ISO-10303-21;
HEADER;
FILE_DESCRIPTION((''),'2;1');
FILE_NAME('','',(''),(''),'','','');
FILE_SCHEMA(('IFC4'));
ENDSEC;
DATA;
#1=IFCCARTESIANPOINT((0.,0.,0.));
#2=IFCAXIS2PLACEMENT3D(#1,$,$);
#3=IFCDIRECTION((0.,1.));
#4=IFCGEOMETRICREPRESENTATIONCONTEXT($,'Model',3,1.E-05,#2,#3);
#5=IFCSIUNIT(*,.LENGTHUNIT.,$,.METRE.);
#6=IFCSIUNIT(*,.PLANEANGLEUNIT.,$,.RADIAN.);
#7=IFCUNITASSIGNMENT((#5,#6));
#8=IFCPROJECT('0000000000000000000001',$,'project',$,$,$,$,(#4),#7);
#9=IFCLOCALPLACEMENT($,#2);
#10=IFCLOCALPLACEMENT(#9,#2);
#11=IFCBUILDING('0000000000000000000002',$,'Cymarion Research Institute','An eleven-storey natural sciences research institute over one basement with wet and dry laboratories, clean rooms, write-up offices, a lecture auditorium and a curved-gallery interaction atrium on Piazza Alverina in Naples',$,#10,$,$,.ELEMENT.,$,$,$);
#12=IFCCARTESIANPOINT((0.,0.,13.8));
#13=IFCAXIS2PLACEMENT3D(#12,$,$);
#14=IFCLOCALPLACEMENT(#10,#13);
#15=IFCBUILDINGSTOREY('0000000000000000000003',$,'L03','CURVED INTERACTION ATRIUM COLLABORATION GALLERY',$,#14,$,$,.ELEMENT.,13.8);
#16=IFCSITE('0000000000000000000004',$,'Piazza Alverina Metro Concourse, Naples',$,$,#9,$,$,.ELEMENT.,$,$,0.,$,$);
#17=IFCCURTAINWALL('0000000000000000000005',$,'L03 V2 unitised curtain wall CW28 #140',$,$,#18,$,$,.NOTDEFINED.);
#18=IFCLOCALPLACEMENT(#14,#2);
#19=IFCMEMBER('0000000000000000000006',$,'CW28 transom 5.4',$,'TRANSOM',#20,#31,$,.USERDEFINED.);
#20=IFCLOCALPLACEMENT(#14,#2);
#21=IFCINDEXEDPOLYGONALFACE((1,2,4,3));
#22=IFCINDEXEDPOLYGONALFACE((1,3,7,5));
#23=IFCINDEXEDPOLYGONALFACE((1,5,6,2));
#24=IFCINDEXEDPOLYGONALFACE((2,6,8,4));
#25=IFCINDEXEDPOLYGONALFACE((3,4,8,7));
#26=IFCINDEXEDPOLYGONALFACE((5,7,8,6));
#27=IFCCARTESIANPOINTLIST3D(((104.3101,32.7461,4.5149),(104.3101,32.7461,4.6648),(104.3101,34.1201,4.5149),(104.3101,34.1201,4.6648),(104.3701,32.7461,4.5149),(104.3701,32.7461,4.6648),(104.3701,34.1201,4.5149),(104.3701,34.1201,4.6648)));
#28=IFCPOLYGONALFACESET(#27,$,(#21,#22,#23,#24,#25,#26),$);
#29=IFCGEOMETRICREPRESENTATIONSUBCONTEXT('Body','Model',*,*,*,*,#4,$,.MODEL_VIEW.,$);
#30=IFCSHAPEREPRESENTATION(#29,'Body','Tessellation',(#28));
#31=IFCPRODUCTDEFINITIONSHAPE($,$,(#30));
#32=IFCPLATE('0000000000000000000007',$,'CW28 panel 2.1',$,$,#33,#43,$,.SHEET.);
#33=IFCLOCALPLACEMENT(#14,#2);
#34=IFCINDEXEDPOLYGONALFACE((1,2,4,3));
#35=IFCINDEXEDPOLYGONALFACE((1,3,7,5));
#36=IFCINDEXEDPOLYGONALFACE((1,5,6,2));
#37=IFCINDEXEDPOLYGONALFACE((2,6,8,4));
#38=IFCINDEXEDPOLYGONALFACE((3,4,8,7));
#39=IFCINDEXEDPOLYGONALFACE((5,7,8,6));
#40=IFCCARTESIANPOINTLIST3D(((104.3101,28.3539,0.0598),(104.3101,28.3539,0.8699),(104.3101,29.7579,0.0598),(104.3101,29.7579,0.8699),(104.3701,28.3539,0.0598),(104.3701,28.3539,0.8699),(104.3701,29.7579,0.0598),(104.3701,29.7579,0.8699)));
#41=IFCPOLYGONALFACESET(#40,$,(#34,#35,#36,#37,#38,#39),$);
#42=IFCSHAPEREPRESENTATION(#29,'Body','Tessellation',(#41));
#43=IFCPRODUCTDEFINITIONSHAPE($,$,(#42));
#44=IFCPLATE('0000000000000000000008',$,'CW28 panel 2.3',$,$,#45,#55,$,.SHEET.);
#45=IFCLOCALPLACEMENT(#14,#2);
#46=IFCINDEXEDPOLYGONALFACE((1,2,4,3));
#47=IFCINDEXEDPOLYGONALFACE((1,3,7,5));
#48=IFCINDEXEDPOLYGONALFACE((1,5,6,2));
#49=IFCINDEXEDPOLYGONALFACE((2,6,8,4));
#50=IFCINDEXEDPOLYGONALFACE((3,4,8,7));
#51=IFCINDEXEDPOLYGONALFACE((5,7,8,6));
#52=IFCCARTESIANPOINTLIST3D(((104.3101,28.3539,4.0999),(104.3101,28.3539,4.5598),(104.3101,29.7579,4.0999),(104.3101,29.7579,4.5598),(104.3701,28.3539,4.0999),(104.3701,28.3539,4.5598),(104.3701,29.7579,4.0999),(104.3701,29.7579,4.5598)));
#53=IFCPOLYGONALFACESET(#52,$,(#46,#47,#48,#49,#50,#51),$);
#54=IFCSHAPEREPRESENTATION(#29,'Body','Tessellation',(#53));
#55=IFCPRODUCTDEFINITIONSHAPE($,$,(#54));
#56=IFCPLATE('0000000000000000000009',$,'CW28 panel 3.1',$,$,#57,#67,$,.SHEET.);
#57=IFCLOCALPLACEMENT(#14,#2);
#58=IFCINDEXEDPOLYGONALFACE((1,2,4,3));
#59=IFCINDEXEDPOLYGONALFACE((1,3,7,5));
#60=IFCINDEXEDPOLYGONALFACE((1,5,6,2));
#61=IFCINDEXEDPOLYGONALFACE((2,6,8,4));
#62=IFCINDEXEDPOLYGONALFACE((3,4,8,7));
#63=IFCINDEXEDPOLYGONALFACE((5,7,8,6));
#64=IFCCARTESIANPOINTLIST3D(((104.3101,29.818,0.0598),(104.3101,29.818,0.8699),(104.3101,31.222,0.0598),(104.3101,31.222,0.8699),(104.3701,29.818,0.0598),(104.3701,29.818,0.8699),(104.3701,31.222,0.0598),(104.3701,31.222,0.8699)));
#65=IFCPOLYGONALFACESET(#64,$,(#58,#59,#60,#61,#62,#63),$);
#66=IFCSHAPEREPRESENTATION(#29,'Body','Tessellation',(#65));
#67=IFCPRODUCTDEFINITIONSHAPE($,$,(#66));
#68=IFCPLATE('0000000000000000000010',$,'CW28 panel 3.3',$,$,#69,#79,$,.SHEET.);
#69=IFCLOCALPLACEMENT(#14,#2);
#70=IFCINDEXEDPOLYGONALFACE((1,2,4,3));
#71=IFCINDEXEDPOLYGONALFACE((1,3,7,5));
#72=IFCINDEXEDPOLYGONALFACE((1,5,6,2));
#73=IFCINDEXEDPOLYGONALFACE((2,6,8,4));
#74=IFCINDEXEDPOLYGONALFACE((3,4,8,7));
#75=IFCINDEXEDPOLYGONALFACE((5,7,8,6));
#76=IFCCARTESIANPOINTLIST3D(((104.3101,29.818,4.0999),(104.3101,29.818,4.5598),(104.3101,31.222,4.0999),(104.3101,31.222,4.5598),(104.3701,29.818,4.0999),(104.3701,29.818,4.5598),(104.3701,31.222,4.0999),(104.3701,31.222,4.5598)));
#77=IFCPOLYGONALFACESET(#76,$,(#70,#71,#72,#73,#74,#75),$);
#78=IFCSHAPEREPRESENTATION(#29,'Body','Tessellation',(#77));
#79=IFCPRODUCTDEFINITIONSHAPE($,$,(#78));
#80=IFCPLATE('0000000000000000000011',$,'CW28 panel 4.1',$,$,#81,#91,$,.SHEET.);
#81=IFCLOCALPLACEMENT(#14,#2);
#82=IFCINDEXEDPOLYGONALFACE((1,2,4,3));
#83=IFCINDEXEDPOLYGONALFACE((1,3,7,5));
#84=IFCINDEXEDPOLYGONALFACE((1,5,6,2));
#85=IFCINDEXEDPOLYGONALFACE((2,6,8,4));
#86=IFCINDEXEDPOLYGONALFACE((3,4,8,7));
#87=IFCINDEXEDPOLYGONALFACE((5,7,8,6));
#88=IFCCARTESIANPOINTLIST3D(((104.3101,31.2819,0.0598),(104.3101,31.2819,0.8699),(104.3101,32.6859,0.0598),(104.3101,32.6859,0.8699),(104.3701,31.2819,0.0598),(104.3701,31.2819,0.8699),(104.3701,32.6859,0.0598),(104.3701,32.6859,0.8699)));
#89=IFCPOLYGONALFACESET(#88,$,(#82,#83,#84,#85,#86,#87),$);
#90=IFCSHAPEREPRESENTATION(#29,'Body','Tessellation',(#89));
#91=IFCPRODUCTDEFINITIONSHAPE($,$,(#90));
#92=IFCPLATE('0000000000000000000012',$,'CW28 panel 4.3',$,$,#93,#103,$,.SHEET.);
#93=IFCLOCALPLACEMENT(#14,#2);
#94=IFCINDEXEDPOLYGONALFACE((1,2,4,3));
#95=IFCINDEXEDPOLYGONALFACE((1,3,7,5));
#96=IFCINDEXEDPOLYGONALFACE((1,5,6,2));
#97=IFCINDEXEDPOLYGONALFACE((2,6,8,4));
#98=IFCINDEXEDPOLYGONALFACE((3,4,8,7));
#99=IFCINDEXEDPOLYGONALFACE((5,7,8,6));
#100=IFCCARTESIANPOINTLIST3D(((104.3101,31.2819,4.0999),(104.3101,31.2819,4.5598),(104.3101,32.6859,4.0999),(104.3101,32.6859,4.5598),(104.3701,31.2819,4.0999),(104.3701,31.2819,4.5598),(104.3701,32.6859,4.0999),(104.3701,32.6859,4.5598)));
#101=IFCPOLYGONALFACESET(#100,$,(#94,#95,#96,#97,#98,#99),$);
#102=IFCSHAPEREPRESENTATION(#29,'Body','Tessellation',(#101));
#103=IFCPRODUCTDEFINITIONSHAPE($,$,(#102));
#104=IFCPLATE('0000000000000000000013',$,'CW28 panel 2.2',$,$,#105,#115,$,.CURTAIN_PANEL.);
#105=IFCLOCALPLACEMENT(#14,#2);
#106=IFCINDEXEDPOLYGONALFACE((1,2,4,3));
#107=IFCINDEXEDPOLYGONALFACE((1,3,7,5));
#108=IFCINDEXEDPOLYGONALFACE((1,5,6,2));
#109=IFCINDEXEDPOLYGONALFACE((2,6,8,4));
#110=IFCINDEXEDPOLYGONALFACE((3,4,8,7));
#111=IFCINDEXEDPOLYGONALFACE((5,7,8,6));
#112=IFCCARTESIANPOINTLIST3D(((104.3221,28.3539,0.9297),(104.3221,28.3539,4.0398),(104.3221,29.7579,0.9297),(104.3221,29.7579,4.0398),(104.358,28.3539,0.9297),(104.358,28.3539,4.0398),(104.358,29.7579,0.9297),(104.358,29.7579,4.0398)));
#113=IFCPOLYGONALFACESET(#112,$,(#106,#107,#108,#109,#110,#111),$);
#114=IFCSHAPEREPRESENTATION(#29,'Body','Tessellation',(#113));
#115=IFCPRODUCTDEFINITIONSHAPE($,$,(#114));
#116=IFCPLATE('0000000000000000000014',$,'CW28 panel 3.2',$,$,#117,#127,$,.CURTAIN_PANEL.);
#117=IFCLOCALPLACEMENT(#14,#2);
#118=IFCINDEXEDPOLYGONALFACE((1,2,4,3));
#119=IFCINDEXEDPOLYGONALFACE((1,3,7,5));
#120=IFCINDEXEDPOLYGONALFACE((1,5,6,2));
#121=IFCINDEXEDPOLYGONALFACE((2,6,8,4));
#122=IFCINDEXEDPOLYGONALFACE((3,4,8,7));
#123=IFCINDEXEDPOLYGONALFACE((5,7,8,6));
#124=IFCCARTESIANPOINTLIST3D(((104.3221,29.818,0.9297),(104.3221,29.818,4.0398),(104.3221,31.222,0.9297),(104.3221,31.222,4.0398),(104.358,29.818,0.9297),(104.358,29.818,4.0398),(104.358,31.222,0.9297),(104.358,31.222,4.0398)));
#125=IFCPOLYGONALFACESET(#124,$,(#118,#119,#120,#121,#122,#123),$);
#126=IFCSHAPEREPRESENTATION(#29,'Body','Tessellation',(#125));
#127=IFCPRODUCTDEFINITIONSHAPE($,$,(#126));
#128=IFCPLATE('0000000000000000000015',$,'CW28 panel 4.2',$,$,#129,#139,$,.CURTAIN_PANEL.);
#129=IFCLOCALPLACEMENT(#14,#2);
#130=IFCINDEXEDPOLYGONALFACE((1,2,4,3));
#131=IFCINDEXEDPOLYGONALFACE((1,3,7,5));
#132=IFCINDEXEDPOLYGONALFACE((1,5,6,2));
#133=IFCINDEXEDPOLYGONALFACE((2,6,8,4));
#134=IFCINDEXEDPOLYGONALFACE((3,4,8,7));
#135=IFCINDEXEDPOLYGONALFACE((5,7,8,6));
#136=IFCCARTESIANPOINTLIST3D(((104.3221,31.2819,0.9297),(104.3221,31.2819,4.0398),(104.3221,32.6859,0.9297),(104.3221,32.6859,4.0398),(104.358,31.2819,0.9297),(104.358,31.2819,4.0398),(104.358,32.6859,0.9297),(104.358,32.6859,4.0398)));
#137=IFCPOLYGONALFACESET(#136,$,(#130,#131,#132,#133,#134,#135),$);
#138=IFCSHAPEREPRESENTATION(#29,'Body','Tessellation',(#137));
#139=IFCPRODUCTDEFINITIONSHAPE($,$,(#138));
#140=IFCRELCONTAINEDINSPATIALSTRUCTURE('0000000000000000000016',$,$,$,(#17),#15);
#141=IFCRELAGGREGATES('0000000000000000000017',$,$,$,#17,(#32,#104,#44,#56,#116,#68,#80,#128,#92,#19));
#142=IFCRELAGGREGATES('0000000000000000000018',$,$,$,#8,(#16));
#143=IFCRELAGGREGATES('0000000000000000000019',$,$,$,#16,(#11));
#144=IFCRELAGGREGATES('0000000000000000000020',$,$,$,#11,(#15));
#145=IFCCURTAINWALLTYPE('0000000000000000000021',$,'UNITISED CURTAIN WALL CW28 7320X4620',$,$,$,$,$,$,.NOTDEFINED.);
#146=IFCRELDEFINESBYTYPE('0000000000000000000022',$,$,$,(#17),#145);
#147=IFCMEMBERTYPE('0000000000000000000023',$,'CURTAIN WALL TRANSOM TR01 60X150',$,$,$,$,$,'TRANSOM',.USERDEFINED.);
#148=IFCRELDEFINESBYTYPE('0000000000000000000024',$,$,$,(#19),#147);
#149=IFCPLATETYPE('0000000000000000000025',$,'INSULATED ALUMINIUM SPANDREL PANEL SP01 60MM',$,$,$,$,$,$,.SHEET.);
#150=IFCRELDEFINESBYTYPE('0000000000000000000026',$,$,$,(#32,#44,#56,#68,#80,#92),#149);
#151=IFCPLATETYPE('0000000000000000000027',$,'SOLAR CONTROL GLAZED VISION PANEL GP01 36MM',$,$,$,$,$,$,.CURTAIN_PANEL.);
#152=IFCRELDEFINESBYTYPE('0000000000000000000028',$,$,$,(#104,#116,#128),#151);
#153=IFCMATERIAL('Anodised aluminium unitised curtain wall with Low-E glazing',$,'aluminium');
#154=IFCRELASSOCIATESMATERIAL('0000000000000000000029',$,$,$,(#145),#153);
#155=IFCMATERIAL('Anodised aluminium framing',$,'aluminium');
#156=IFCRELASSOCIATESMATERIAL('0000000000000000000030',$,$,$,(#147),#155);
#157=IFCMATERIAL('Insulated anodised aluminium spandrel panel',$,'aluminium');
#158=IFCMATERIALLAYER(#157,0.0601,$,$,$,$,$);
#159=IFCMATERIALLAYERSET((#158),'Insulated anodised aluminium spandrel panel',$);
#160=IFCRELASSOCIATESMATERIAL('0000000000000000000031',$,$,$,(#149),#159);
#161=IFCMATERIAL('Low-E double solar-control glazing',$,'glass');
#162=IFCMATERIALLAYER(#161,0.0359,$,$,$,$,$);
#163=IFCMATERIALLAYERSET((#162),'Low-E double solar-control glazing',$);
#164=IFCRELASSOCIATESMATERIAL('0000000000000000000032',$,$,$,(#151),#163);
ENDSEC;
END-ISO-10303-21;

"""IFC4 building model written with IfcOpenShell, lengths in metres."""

from ifc_helpers import new_model, si_unit, direction, frame, origin, origin_2d, place, context, subcontext, project, spatial, rectangle, extrude, material, layer, layer_set, material_profile, profile_set, type_object, element, aggregate, save


model = new_model("IFC4")

# Units and contexts
model_context = context("Model", 3, precision=1e-05, world=origin(), true_north=direction((0.0, 1.0)))
body_context = subcontext(model_context, "Body", "Model", "MODEL_VIEW")
ifc_project = project(units=[si_unit("LENGTHUNIT", "METRE"), si_unit("PLANEANGLEUNIT", "RADIAN")], contexts=[model_context])

# Site, building, storey
site_placement = place(None, origin())
site = spatial("IfcSite", under=ifc_project, at=site_placement, Name="Piazza Alverina Metro Concourse, Naples", CompositionType="ELEMENT", RefElevation=0.0)
building_placement = place(site_placement, origin())
building = spatial("IfcBuilding", under=site, at=building_placement, Name="Cymarion Research Institute", Description="An eleven-storey natural sciences research institute over one basement with wet and dry laboratories, clean rooms, write-up offices, a lecture auditorium and a curved-gallery interaction atrium on Piazza Alverina in Naples", CompositionType="ELEMENT")
storey_placement = place(building_placement, frame((0.0, 0.0, 13.8)))
storey = spatial("IfcBuildingStorey", under=building, at=storey_placement, Name="L03", Description="CURVED INTERACTION ATRIUM COLLABORATION GALLERY", CompositionType="ELEMENT", Elevation=13.8)

# Curtain wall, member, plates
ifc_material_1 = material(Name="Anodised aluminium unitised curtain wall with Low-E glazing", Category="aluminium")
curtain_wall_type = type_object("IfcCurtainWallType", Name="UNITISED CURTAIN WALL CW28 7320X4620", PredefinedType="NOTDEFINED", material=ifc_material_1)
curtain_wall_placement = place(storey_placement, origin())
curtain_wall = element("IfcCurtainWall", 1, at=curtain_wall_placement, inside=storey, type_object=curtain_wall_type, Name="L03 V2 unitised curtain wall CW28 #140", PredefinedType="NOTDEFINED")
ifc_material_2 = material(Name="Anodised aluminium framing", Category="aluminium")
ifc_material_profile_1 = material_profile(ifc_material_2, rectangle(XDim=0.0601, YDim=0.1499, at=origin_2d()), Name="ALU TRANSOM 60x150")
ifc_profile_set_1 = profile_set([ifc_material_profile_1], Name="Anodised aluminium framing")
member_type_1 = type_object("IfcMemberType", Name="CURTAIN WALL TRANSOM TR01 60X150", ElementType="TRANSOM", PredefinedType="USERDEFINED", material=ifc_profile_set_1)
member_1_placement = place(storey_placement, frame((104.3401, 32.7461, 4.5898), z_axis=(0.0, 1.0, 0.0), x_axis=(-1.0, 0.0, 0.0)))
member_1 = element("IfcMember", 2, at=member_1_placement, type_object=member_type_1, Name="CW28 transom 5.4", ObjectType="TRANSOM", PredefinedType="USERDEFINED", context=body_context, shape_type="SweptSolid", body=[
    extrude(rectangle(XDim=0.0601, YDim=0.1499, at=origin_2d()), origin(), (0.0, 0.0, 1.0), 1.374),
])
ifc_material_3 = material(Name="Insulated anodised aluminium spandrel panel", Category="aluminium")
ifc_layer_1 = layer(ifc_material_3, 0.0601)
ifc_layer_set_1 = layer_set([ifc_layer_1], Name="Insulated anodised aluminium spandrel panel")
plate_type_1 = type_object("IfcPlateType", Name="INSULATED ALUMINIUM SPANDREL PANEL SP01 60MM", PredefinedType="SHEET", material=ifc_layer_set_1)
plate_1_placement = place(storey_placement, frame((104.3401, 29.0559, 0.0598), z_axis=(0.0, 0.0, 1.0), x_axis=(0.0, 1.0, 0.0)))
plate_1 = element("IfcPlate", 3, at=plate_1_placement, type_object=plate_type_1, Name="CW28 panel 2.1", PredefinedType="SHEET", context=body_context, shape_type="SweptSolid", body=[
    extrude(rectangle(XDim=1.4041, YDim=0.0601, at=origin_2d()), origin(), (0.0, 0.0, 1.0), 0.8101),
])
plate_2_placement = place(storey_placement, frame((104.3401, 29.0559, 4.0999), z_axis=(0.0, 0.0, 1.0), x_axis=(0.0, 1.0, 0.0)))
plate_2 = element("IfcPlate", 4, at=plate_2_placement, type_object=plate_type_1, Name="CW28 panel 2.3", PredefinedType="SHEET", context=body_context, shape_type="SweptSolid", body=[
    extrude(rectangle(XDim=1.4041, YDim=0.0601, at=origin_2d()), origin(), (0.0, 0.0, 1.0), 0.46),
])
plate_3_placement = place(storey_placement, frame((104.3401, 30.52, 0.0598), z_axis=(0.0, 0.0, 1.0), x_axis=(0.0, 1.0, 0.0)))
plate_3 = element("IfcPlate", 5, at=plate_3_placement, type_object=plate_type_1, Name="CW28 panel 3.1", PredefinedType="SHEET", context=body_context, shape_type="SweptSolid", body=[
    extrude(rectangle(XDim=1.4041, YDim=0.0601, at=origin_2d()), origin(), (0.0, 0.0, 1.0), 0.8101),
])
plate_4_placement = place(storey_placement, frame((104.3401, 30.52, 4.0999), z_axis=(0.0, 0.0, 1.0), x_axis=(0.0, 1.0, 0.0)))
plate_4 = element("IfcPlate", 6, at=plate_4_placement, type_object=plate_type_1, Name="CW28 panel 3.3", PredefinedType="SHEET", context=body_context, shape_type="SweptSolid", body=[
    extrude(rectangle(XDim=1.4041, YDim=0.0601, at=origin_2d()), origin(), (0.0, 0.0, 1.0), 0.46),
])
plate_5_placement = place(storey_placement, frame((104.3401, 31.9839, 0.0598), z_axis=(0.0, 0.0, 1.0), x_axis=(0.0, 1.0, 0.0)))
plate_5 = element("IfcPlate", 7, at=plate_5_placement, type_object=plate_type_1, Name="CW28 panel 4.1", PredefinedType="SHEET", context=body_context, shape_type="SweptSolid", body=[
    extrude(rectangle(XDim=1.4041, YDim=0.0601, at=origin_2d()), origin(), (0.0, 0.0, 1.0), 0.8101),
])
plate_6_placement = place(storey_placement, frame((104.3401, 31.9839, 4.0999), z_axis=(0.0, 0.0, 1.0), x_axis=(0.0, 1.0, 0.0)))
plate_6 = element("IfcPlate", 8, at=plate_6_placement, type_object=plate_type_1, Name="CW28 panel 4.3", PredefinedType="SHEET", context=body_context, shape_type="SweptSolid", body=[
    extrude(rectangle(XDim=1.4041, YDim=0.0601, at=origin_2d()), origin(), (0.0, 0.0, 1.0), 0.46),
])
ifc_material_4 = material(Name="Low-E double solar-control glazing", Category="glass")
ifc_layer_2 = layer(ifc_material_4, 0.0359)
ifc_layer_set_2 = layer_set([ifc_layer_2], Name="Low-E double solar-control glazing")
plate_type_2 = type_object("IfcPlateType", Name="SOLAR CONTROL GLAZED VISION PANEL GP01 36MM", PredefinedType="CURTAIN_PANEL", material=ifc_layer_set_2)
plate_7_placement = place(storey_placement, frame((104.3401, 29.0559, 0.9297), z_axis=(0.0, 0.0, 1.0), x_axis=(0.0, 1.0, 0.0)))
plate_7 = element("IfcPlate", 9, at=plate_7_placement, type_object=plate_type_2, Name="CW28 panel 2.2", PredefinedType="CURTAIN_PANEL", context=body_context, shape_type="SweptSolid", body=[
    extrude(rectangle(XDim=1.4041, YDim=0.0359, at=origin_2d()), origin(), (0.0, 0.0, 1.0), 3.1101),
])
plate_8_placement = place(storey_placement, frame((104.3401, 30.52, 0.9297), z_axis=(0.0, 0.0, 1.0), x_axis=(0.0, 1.0, 0.0)))
plate_8 = element("IfcPlate", 10, at=plate_8_placement, type_object=plate_type_2, Name="CW28 panel 3.2", PredefinedType="CURTAIN_PANEL", context=body_context, shape_type="SweptSolid", body=[
    extrude(rectangle(XDim=1.4041, YDim=0.0359, at=origin_2d()), origin(), (0.0, 0.0, 1.0), 3.1101),
])
plate_9_placement = place(storey_placement, frame((104.3401, 31.9839, 0.9297), z_axis=(0.0, 0.0, 1.0), x_axis=(0.0, 1.0, 0.0)))
plate_9 = element("IfcPlate", 11, at=plate_9_placement, type_object=plate_type_2, Name="CW28 panel 4.2", PredefinedType="CURTAIN_PANEL", context=body_context, shape_type="SweptSolid", body=[
    extrude(rectangle(XDim=1.4041, YDim=0.0359, at=origin_2d()), origin(), (0.0, 0.0, 1.0), 3.1101),
])
aggregate(curtain_wall, [plate_1, plate_7, plate_2, plate_3, plate_8, plate_4, plate_5, plate_9, plate_6, member_1])

save(model, "model.ifc")
